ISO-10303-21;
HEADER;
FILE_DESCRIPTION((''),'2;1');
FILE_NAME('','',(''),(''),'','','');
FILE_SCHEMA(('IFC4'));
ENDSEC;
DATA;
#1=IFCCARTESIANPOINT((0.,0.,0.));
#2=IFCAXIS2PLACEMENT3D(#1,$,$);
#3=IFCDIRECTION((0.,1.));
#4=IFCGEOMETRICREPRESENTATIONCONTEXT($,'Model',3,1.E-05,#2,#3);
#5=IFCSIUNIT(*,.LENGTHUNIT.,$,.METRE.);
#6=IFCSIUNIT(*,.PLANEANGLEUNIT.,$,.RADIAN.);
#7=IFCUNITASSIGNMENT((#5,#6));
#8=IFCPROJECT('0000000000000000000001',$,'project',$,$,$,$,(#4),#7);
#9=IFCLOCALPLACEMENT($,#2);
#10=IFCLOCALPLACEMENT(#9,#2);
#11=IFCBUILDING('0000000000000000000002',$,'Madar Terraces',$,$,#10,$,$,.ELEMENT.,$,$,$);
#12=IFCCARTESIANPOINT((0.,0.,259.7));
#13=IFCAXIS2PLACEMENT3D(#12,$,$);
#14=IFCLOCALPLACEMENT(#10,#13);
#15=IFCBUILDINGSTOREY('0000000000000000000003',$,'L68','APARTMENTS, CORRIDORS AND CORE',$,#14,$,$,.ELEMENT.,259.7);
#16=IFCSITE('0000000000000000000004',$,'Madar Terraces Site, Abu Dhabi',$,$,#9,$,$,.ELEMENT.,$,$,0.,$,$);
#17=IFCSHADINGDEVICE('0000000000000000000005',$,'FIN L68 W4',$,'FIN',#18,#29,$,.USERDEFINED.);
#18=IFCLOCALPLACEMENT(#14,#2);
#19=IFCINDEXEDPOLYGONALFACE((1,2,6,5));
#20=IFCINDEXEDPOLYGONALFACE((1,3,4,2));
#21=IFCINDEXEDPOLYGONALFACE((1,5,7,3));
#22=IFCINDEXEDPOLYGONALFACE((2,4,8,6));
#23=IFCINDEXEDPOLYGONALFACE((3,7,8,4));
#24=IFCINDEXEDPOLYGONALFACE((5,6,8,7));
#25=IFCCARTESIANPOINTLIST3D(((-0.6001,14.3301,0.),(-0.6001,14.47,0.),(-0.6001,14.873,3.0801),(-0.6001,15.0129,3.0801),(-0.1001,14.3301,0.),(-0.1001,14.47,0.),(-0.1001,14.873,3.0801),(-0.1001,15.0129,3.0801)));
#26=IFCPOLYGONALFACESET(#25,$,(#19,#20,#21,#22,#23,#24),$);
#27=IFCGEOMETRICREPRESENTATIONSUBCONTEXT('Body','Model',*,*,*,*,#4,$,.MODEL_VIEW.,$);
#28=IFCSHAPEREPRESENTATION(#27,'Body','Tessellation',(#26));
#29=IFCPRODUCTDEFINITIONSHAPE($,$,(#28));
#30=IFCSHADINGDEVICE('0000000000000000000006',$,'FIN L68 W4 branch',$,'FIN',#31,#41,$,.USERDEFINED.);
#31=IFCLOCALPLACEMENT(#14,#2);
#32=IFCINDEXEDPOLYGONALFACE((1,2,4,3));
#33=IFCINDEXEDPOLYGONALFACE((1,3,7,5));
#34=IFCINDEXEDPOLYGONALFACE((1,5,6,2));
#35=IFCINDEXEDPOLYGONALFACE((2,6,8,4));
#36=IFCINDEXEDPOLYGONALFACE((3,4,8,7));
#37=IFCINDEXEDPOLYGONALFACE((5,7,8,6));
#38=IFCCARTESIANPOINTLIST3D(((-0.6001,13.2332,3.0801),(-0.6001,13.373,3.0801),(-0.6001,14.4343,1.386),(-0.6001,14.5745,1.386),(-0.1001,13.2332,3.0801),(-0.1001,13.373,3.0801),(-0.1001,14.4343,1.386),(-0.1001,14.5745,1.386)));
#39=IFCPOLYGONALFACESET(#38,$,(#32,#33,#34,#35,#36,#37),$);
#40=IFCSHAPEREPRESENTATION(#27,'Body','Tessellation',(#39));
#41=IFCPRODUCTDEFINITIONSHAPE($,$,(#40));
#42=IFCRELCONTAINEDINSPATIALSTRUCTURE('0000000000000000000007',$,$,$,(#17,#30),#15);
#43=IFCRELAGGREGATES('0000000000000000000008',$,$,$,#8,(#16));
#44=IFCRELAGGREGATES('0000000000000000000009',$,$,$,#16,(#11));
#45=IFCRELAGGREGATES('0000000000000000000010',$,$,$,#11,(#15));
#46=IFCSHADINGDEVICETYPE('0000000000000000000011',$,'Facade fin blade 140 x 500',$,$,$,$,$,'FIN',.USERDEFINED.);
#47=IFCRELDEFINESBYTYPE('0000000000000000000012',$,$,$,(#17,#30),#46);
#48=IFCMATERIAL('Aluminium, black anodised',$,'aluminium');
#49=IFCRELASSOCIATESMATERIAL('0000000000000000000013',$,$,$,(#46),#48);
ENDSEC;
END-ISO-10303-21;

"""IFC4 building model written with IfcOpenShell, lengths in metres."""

from ifc_helpers import new_model, si_unit, direction, frame, origin, place, context, subcontext, project, spatial, polyline, outline, extrude, material, type_object, element, save


model = new_model("IFC4")

# Units and contexts
model_context = context("Model", 3, precision=1e-05, world=origin(), true_north=direction((0.0, 1.0)))
body_context = subcontext(model_context, "Body", "Model", "MODEL_VIEW")
ifc_project = project(units=[si_unit("LENGTHUNIT", "METRE"), si_unit("PLANEANGLEUNIT", "RADIAN")], contexts=[model_context])

# Site, building, storey
site_placement = place(None, origin())
site = spatial("IfcSite", under=ifc_project, at=site_placement, Name="Madar Terraces Site, Abu Dhabi", CompositionType="ELEMENT", RefElevation=0.0)
building_placement = place(site_placement, origin())
building = spatial("IfcBuilding", under=site, at=building_placement, Name="Madar Terraces", CompositionType="ELEMENT")
storey_placement = place(building_placement, frame((0.0, 0.0, 259.7)))
storey = spatial("IfcBuildingStorey", under=building, at=storey_placement, Name="L68", Description="APARTMENTS, CORRIDORS AND CORE", CompositionType="ELEMENT", Elevation=259.7)

# Shading devices
ifc_material_1 = material(Name="Aluminium, black anodised", Category="aluminium")
shading_device_type = type_object("IfcShadingDeviceType", Name="Facade fin blade 140 x 500", ElementType="FIN", PredefinedType="USERDEFINED", material=ifc_material_1)
shading_device_1_placement = place(storey_placement, frame((-0.3501, 14.47, 0.0), z_axis=(0.0, 0.0, 1.0), x_axis=(0.0, -1.0, 0.0)))
element("IfcShadingDevice", 1, at=shading_device_1_placement, inside=storey, type_object=shading_device_type, Name="FIN L68 W4", ObjectType="FIN", PredefinedType="USERDEFINED", context=body_context, shape_type="SweptSolid", body=[
    extrude(outline(polyline([(0.0, 0.0), (0.1399, 0.0), (-0.4031, 3.0801), (-0.543, 3.0801), (0.0, 0.0)])), frame((0.0, 0.25, 0.0), z_axis=(0.0, -1.0, 0.0), x_axis=(1.0, 0.0, 0.0)), (0.0, 0.0, 1.0), 0.5),
])
shading_device_2_placement = place(storey_placement, frame((-0.3501, 14.5745, 1.386), z_axis=(0.0, 0.0, 1.0), x_axis=(0.0, -1.0, 0.0)))
element("IfcShadingDevice", 2, at=shading_device_2_placement, inside=storey, type_object=shading_device_type, Name="FIN L68 W4 branch", ObjectType="FIN", PredefinedType="USERDEFINED", context=body_context, shape_type="SweptSolid", body=[
    extrude(outline(polyline([(0.0, 0.0), (0.1401, 0.0), (1.3413, 1.6941), (1.2014, 1.6941), (0.0, 0.0)])), frame((0.0, 0.25, 0.0), z_axis=(0.0, -1.0, 0.0), x_axis=(1.0, 0.0, 0.0)), (0.0, 0.0, 1.0), 0.5),
])

save(model, "model.ifc")
